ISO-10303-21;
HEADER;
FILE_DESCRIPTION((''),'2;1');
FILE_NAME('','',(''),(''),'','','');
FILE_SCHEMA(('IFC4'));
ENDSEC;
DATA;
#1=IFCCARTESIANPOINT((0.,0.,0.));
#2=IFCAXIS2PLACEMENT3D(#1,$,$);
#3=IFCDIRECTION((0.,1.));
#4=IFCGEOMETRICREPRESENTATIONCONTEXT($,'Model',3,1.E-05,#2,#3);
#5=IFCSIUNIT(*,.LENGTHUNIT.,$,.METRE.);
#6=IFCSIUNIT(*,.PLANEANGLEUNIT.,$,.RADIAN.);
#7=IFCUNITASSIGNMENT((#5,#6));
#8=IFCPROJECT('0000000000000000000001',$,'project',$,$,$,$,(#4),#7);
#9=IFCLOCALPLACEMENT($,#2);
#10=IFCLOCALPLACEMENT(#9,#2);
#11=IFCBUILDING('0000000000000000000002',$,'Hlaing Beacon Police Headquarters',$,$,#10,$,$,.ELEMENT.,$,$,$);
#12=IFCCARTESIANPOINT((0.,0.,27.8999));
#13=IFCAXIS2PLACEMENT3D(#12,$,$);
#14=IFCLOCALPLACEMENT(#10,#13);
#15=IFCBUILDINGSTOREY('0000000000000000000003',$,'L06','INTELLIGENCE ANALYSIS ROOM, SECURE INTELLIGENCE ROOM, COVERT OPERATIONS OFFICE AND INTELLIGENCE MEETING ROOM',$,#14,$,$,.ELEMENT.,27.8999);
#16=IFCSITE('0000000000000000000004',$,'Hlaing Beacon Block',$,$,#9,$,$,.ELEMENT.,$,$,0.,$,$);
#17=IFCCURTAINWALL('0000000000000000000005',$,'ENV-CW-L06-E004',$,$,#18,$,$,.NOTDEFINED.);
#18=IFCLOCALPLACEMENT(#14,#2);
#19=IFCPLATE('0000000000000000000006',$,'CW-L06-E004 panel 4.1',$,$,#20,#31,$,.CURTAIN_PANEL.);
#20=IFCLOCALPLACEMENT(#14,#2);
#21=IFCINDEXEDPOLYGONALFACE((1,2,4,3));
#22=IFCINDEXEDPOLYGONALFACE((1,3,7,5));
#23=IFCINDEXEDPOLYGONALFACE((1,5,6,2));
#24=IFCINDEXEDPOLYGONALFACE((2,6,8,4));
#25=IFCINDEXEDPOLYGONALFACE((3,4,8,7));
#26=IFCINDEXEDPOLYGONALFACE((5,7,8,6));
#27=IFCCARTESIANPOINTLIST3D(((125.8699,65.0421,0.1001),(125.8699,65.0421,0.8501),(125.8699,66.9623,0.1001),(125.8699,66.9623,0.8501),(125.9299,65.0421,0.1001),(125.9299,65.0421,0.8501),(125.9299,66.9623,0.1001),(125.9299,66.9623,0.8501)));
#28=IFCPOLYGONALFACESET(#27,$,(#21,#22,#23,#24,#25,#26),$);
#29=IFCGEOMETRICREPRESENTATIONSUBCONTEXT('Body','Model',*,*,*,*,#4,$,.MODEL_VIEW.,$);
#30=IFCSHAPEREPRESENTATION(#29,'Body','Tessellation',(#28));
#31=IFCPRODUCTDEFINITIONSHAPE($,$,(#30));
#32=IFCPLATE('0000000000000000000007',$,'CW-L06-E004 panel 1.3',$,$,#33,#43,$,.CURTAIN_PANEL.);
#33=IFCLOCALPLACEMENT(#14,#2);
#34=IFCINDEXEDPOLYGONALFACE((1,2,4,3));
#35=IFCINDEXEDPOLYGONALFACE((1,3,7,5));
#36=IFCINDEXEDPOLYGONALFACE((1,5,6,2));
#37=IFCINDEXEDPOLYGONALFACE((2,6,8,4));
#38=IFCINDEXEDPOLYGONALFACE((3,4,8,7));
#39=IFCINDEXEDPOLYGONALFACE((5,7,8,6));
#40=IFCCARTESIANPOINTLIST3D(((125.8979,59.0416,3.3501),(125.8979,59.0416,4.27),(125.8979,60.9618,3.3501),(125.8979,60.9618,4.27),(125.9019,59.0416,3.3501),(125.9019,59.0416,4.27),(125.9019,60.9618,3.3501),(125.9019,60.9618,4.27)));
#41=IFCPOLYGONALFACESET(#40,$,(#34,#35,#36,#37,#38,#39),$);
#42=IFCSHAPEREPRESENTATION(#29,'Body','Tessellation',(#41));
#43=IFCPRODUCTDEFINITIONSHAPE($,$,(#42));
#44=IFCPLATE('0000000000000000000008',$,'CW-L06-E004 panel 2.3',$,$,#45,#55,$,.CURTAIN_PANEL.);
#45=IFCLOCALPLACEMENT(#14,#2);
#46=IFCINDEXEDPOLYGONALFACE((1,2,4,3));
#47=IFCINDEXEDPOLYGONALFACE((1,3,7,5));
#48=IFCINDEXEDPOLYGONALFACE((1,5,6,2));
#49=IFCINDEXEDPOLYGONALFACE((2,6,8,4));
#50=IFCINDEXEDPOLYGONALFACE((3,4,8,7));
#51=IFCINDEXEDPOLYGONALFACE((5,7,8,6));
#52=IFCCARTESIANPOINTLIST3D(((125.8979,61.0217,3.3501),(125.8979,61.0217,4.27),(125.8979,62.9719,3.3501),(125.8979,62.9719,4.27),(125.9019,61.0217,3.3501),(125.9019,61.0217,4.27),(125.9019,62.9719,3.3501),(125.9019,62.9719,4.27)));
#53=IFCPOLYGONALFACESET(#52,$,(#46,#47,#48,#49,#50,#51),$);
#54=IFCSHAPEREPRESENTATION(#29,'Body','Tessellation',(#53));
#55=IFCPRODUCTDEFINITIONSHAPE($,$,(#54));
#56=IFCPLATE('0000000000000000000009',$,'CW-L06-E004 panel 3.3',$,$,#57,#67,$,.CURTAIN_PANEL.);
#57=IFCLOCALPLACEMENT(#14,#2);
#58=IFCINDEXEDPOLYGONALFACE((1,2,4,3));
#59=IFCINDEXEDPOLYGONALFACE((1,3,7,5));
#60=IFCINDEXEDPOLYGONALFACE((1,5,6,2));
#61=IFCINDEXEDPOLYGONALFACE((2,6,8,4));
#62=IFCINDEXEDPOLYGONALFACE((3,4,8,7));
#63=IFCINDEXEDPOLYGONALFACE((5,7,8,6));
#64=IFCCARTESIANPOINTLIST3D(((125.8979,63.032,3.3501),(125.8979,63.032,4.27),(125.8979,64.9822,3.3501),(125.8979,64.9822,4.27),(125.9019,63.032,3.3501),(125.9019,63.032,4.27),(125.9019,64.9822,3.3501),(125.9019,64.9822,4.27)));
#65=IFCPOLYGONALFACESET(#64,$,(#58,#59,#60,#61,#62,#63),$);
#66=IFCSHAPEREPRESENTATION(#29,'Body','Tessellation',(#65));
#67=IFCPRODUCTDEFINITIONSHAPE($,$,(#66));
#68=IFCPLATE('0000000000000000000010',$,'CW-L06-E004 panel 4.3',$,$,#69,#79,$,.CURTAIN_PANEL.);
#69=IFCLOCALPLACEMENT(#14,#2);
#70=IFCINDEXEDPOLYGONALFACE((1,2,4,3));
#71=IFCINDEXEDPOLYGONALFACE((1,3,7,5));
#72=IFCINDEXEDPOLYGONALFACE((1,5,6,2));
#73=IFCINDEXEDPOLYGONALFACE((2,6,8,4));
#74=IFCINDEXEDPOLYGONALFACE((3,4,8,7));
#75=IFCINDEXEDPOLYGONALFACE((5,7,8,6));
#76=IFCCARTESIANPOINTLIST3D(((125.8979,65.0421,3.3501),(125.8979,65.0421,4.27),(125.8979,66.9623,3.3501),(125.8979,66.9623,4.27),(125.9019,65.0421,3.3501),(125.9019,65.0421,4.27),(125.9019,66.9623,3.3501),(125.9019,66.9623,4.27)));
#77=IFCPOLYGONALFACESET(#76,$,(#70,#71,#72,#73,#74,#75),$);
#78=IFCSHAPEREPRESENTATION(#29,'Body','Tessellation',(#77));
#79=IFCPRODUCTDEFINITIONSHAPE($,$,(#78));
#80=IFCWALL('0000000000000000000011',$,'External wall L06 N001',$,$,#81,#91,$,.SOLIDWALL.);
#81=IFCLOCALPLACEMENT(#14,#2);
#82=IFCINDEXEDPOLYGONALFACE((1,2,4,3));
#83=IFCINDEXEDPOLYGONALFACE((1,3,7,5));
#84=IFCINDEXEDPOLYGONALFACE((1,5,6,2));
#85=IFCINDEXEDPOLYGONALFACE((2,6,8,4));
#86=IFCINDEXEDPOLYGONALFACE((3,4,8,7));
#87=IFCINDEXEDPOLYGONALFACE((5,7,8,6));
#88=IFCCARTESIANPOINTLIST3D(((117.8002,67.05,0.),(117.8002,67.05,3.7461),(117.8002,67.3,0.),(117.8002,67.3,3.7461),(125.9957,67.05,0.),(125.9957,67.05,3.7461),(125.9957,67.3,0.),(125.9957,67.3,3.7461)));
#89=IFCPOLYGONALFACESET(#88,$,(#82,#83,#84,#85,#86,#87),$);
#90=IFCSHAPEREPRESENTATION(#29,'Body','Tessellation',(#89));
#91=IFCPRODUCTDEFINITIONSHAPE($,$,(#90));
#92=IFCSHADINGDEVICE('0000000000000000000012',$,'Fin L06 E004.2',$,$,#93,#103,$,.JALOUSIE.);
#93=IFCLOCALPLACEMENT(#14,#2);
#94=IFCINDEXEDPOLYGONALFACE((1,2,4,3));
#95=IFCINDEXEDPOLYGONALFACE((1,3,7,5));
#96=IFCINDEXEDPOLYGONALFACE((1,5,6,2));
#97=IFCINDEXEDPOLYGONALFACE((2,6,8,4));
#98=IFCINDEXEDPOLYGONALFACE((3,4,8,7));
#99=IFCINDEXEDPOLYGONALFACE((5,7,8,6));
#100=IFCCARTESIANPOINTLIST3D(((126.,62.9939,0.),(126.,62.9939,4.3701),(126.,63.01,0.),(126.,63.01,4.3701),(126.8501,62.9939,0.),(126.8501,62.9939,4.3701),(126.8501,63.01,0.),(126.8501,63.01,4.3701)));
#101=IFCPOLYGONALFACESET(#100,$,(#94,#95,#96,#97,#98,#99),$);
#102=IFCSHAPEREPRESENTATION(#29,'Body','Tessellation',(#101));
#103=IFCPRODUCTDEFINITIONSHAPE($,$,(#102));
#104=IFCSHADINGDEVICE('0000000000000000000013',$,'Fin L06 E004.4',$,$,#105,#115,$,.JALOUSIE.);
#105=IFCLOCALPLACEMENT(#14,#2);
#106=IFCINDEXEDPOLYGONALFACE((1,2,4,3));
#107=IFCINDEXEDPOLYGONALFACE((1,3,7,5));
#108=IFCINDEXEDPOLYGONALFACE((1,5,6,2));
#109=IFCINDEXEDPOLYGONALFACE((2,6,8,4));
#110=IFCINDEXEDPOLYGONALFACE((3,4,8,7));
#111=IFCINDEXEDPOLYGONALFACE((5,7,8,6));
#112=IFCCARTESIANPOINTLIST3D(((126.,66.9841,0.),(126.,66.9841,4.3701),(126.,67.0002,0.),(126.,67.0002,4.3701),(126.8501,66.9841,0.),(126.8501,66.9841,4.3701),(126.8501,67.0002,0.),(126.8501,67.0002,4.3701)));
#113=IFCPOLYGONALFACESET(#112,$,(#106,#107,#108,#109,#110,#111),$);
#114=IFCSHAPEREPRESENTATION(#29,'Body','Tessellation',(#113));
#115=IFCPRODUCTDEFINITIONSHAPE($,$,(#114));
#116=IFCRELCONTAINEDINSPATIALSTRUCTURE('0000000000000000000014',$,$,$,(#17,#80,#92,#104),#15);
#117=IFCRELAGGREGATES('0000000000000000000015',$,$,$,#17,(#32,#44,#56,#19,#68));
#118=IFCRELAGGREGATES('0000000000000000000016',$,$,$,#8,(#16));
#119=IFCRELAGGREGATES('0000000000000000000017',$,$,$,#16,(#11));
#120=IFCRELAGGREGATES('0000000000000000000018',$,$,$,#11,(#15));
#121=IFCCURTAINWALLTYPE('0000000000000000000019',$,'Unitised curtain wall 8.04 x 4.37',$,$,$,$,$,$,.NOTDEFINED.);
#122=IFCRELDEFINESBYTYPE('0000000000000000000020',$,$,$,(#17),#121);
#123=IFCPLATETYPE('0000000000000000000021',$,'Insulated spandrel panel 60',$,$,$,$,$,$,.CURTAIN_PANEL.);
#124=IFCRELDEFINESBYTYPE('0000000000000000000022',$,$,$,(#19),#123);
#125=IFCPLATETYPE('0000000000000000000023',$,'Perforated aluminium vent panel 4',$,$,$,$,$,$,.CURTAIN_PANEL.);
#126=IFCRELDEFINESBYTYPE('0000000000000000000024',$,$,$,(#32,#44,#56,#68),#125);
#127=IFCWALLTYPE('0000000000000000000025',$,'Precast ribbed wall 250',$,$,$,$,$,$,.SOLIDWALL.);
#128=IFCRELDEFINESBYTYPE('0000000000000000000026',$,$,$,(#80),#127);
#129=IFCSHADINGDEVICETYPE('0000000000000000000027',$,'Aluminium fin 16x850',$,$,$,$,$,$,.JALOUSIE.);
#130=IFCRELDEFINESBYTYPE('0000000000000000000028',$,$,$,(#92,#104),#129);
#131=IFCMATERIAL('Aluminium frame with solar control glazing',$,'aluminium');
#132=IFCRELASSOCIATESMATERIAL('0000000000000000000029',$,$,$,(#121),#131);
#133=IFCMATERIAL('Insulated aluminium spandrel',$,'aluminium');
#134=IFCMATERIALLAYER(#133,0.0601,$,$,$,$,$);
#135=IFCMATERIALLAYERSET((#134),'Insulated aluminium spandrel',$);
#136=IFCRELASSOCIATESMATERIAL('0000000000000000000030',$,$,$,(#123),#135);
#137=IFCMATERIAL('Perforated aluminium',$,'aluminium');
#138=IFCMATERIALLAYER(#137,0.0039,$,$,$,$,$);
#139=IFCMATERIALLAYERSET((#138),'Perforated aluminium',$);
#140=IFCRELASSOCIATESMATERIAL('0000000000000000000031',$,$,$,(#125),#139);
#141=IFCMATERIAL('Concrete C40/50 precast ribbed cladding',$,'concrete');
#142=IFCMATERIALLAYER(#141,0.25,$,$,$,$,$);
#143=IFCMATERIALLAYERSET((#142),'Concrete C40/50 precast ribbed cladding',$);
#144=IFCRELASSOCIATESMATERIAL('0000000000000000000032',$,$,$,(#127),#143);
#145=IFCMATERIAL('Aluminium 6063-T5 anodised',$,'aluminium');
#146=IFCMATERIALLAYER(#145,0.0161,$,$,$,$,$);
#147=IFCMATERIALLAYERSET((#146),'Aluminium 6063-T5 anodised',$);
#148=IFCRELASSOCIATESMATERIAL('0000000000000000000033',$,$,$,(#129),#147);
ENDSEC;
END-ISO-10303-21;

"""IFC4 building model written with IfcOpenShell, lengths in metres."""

from ifc_helpers import new_model, si_unit, direction, frame, frame_2d, origin, origin_2d, place, context, subcontext, project, spatial, rectangle, extrude, material, layer, layer_set, type_object, element, aggregate, save


model = new_model("IFC4")

# Units and contexts
model_context = context("Model", 3, precision=1e-05, world=origin(), true_north=direction((0.0, 1.0)))
body_context = subcontext(model_context, "Body", "Model", "MODEL_VIEW")
ifc_project = project(units=[si_unit("LENGTHUNIT", "METRE"), si_unit("PLANEANGLEUNIT", "RADIAN")], contexts=[model_context])

# Site, building, storey
site_placement = place(None, origin())
site = spatial("IfcSite", under=ifc_project, at=site_placement, Name="Hlaing Beacon Block", CompositionType="ELEMENT", RefElevation=0.0)
building_placement = place(site_placement, origin())
building = spatial("IfcBuilding", under=site, at=building_placement, Name="Hlaing Beacon Police Headquarters", CompositionType="ELEMENT")
storey_placement = place(building_placement, frame((0.0, 0.0, 27.8999)))
storey = spatial("IfcBuildingStorey", under=building, at=storey_placement, Name="L06", Description="INTELLIGENCE ANALYSIS ROOM, SECURE INTELLIGENCE ROOM, COVERT OPERATIONS OFFICE AND INTELLIGENCE MEETING ROOM", CompositionType="ELEMENT", Elevation=27.8999)

# Curtain wall, plates
ifc_material_1 = material(Name="Aluminium frame with solar control glazing", Category="aluminium")
curtain_wall_type = type_object("IfcCurtainWallType", Name="Unitised curtain wall 8.04 x 4.37", PredefinedType="NOTDEFINED", material=ifc_material_1)
curtain_wall_placement = place(storey_placement, origin())
curtain_wall = element("IfcCurtainWall", 1, at=curtain_wall_placement, inside=storey, type_object=curtain_wall_type, Name="ENV-CW-L06-E004", PredefinedType="NOTDEFINED")
ifc_material_2 = material(Name="Insulated aluminium spandrel", Category="aluminium")
ifc_layer_1 = layer(ifc_material_2, 0.0601)
ifc_layer_set_1 = layer_set([ifc_layer_1], Name="Insulated aluminium spandrel")
plate_type_1 = type_object("IfcPlateType", Name="Insulated spandrel panel 60", PredefinedType="CURTAIN_PANEL", material=ifc_layer_set_1)
plate_1_placement = place(storey_placement, frame((125.8999, 66.0022, 0.1001), z_axis=(0.0, 0.0, 1.0), x_axis=(0.0, 1.0, 0.0)))
plate_1 = element("IfcPlate", 2, at=plate_1_placement, type_object=plate_type_1, Name="CW-L06-E004 panel 4.1", PredefinedType="CURTAIN_PANEL", context=body_context, shape_type="SweptSolid", body=[
    extrude(rectangle(XDim=1.9202, YDim=0.0601, at=origin_2d()), origin(), (0.0, 0.0, 1.0), 0.75),
])
ifc_material_3 = material(Name="Perforated aluminium", Category="aluminium")
ifc_layer_2 = layer(ifc_material_3, 0.0039)
ifc_layer_set_2 = layer_set([ifc_layer_2], Name="Perforated aluminium")
plate_type_2 = type_object("IfcPlateType", Name="Perforated aluminium vent panel 4", PredefinedType="CURTAIN_PANEL", material=ifc_layer_set_2)
plate_2_placement = place(storey_placement, frame((125.8999, 60.0017, 3.3501), z_axis=(0.0, 0.0, 1.0), x_axis=(0.0, 1.0, 0.0)))
plate_2 = element("IfcPlate", 3, at=plate_2_placement, type_object=plate_type_2, Name="CW-L06-E004 panel 1.3", PredefinedType="CURTAIN_PANEL", context=body_context, shape_type="SweptSolid", body=[
    extrude(rectangle(XDim=1.9202, YDim=0.0039, at=origin_2d()), origin(), (0.0, 0.0, 1.0), 0.9199),
])
plate_3_placement = place(storey_placement, frame((125.8999, 61.9968, 3.3501), z_axis=(0.0, 0.0, 1.0), x_axis=(0.0, 1.0, 0.0)))
plate_3 = element("IfcPlate", 4, at=plate_3_placement, type_object=plate_type_2, Name="CW-L06-E004 panel 2.3", PredefinedType="CURTAIN_PANEL", context=body_context, shape_type="SweptSolid", body=[
    extrude(rectangle(XDim=1.9502, YDim=0.0039, at=origin_2d()), origin(), (0.0, 0.0, 1.0), 0.9199),
])
plate_4_placement = place(storey_placement, frame((125.8999, 64.0071, 3.3501), z_axis=(0.0, 0.0, 1.0), x_axis=(0.0, 1.0, 0.0)))
plate_4 = element("IfcPlate", 5, at=plate_4_placement, type_object=plate_type_2, Name="CW-L06-E004 panel 3.3", PredefinedType="CURTAIN_PANEL", context=body_context, shape_type="SweptSolid", body=[
    extrude(rectangle(XDim=1.9502, YDim=0.0039, at=origin_2d()), origin(), (0.0, 0.0, 1.0), 0.9199),
])
plate_5_placement = place(storey_placement, frame((125.8999, 66.0022, 3.3501), z_axis=(0.0, 0.0, 1.0), x_axis=(0.0, 1.0, 0.0)))
plate_5 = element("IfcPlate", 6, at=plate_5_placement, type_object=plate_type_2, Name="CW-L06-E004 panel 4.3", PredefinedType="CURTAIN_PANEL", context=body_context, shape_type="SweptSolid", body=[
    extrude(rectangle(XDim=1.9202, YDim=0.0039, at=origin_2d()), origin(), (0.0, 0.0, 1.0), 0.9199),
])
aggregate(curtain_wall, [plate_2, plate_3, plate_4, plate_1, plate_5])

# Wall
ifc_material_4 = material(Name="Concrete C40/50 precast ribbed cladding", Category="concrete")
ifc_layer_3 = layer(ifc_material_4, 0.25)
ifc_layer_set_3 = layer_set([ifc_layer_3], Name="Concrete C40/50 precast ribbed cladding")
wall_type = type_object("IfcWallType", Name="Precast ribbed wall 250", PredefinedType="SOLIDWALL", material=ifc_layer_set_3)
wall_placement = place(storey_placement, frame((125.9956, 67.175, 0.0), z_axis=(0.0, 0.0, 1.0), x_axis=(-1.0, 0.0, 0.0)))
element("IfcWall", 7, at=wall_placement, inside=storey, type_object=wall_type, Name="External wall L06 N001", PredefinedType="SOLIDWALL", context=body_context, shape_type="SweptSolid", body=[
    extrude(rectangle(XDim=8.1956, YDim=0.25, at=frame_2d((4.0977, 0.0))), origin(), (0.0, 0.0, 1.0), 3.7461),
])

# Shading devices
ifc_material_5 = material(Name="Aluminium 6063-T5 anodised", Category="aluminium")
ifc_layer_4 = layer(ifc_material_5, 0.0161)
ifc_layer_set_4 = layer_set([ifc_layer_4], Name="Aluminium 6063-T5 anodised")
shading_device_type = type_object("IfcShadingDeviceType", Name="Aluminium fin 16x850", PredefinedType="JALOUSIE", material=ifc_layer_set_4)
for number, where, z_axis, x_axis, name in (
    (8, (126.425, 63.002, 0.0), (0.0, 0.0, 1.0), (0.0, 1.0, 0.0), "Fin L06 E004.2"),
    (9, (126.425, 66.9922, 0.0), (0.0, 0.0, 1.0), (0.0, 1.0, 0.0), "Fin L06 E004.4"),
):
    element("IfcShadingDevice", number, at=place(storey_placement, frame(where, z_axis=z_axis, x_axis=x_axis)), inside=storey, type_object=shading_device_type, Name=name, PredefinedType="JALOUSIE", context=body_context, shape_type="SweptSolid", body=[
        extrude(rectangle(XDim=0.0161, YDim=0.8501, at=origin_2d()), origin(), (0.0, 0.0, 1.0), 4.3701),
    ])

save(model, "model.ifc")
